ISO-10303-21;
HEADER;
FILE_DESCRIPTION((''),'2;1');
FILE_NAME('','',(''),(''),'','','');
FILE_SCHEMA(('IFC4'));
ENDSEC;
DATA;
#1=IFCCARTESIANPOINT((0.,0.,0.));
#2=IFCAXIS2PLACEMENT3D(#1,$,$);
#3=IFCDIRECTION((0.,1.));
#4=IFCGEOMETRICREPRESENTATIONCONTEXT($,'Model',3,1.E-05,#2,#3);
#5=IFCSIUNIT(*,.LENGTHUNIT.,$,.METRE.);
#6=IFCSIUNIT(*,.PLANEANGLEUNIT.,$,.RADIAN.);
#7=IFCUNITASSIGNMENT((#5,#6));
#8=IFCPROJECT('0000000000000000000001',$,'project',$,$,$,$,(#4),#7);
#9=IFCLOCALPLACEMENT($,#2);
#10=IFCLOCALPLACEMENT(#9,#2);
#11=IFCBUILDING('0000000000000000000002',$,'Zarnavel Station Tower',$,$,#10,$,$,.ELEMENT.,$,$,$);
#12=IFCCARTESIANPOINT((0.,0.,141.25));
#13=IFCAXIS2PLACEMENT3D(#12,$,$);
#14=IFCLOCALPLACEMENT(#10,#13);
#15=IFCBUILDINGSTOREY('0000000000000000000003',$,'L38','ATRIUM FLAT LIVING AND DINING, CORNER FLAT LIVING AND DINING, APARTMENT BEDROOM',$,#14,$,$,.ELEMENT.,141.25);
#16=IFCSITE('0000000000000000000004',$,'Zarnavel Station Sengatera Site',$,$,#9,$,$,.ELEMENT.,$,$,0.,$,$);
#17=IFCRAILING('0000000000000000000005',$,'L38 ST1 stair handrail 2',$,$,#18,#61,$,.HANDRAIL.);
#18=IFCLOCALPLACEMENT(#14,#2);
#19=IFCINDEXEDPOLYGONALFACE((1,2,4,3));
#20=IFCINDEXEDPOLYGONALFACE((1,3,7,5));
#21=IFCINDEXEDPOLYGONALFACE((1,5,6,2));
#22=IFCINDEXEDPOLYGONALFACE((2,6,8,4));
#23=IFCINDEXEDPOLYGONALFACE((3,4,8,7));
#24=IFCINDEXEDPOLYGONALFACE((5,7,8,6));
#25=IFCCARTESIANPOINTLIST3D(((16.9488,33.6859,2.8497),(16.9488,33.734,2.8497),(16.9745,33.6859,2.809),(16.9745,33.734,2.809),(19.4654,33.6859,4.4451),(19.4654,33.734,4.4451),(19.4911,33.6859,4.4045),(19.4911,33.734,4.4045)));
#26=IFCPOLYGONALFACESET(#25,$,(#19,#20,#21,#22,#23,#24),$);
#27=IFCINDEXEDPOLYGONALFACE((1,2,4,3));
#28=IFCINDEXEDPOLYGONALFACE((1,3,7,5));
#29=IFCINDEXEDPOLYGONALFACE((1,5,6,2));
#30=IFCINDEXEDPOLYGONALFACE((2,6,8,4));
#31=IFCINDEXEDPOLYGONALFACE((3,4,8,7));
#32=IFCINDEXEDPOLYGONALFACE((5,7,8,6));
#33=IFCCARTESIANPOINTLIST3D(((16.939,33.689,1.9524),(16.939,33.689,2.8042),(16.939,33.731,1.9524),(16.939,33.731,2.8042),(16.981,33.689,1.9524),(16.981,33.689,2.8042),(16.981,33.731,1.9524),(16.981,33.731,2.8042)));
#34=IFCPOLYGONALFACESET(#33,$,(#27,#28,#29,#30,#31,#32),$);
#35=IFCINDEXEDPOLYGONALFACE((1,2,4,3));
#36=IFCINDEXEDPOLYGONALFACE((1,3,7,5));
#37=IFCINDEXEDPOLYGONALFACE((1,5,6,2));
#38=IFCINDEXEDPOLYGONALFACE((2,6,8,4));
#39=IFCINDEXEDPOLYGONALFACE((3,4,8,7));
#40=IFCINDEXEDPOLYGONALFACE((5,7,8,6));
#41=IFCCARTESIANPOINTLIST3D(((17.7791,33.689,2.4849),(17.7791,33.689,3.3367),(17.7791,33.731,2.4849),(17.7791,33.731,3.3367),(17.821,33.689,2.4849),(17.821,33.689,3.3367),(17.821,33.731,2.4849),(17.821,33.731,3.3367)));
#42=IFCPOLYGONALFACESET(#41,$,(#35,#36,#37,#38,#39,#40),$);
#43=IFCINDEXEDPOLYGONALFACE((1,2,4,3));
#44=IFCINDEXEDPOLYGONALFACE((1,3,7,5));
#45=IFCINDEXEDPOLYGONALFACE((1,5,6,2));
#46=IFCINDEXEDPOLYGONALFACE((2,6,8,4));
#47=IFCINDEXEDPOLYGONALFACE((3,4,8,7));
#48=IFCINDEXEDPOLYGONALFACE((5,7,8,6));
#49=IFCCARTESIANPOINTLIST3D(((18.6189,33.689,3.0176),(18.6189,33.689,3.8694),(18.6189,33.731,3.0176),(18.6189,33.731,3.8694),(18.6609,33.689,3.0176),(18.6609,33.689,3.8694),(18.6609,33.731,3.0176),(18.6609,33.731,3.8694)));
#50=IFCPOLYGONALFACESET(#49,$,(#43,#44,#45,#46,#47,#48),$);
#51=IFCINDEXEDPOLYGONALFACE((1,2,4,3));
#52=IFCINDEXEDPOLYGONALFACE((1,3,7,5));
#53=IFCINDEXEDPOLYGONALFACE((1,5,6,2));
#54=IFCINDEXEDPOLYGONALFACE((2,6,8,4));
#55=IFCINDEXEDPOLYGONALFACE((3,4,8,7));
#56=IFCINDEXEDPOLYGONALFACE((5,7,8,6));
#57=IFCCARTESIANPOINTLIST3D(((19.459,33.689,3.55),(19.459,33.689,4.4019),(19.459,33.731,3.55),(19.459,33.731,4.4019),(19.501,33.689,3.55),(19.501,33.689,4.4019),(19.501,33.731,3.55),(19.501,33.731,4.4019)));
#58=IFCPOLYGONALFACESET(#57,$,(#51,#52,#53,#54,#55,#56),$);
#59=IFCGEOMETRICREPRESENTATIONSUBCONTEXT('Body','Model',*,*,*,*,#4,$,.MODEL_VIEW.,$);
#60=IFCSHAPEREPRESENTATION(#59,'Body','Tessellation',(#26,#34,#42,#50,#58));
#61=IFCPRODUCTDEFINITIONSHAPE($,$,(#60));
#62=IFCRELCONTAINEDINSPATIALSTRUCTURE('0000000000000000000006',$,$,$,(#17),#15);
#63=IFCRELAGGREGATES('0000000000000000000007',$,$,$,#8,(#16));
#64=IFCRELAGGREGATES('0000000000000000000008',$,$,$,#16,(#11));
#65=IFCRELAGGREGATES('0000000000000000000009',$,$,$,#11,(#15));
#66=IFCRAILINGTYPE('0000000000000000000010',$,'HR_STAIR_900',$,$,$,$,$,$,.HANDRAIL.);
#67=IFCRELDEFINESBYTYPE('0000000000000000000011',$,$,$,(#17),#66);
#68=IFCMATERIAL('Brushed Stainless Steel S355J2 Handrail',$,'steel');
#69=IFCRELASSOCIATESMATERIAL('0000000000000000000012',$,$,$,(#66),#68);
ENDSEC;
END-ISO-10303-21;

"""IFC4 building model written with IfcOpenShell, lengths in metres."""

from ifc_helpers import new_model, si_unit, direction, frame, origin, origin_2d, place, context, subcontext, project, spatial, rectangle, extrude, material, type_object, element, save


model = new_model("IFC4")

# Units and contexts
model_context = context("Model", 3, precision=1e-05, world=origin(), true_north=direction((0.0, 1.0)))
body_context = subcontext(model_context, "Body", "Model", "MODEL_VIEW")
ifc_project = project(units=[si_unit("LENGTHUNIT", "METRE"), si_unit("PLANEANGLEUNIT", "RADIAN")], contexts=[model_context])

# Site, building, storey
site_placement = place(None, origin())
site = spatial("IfcSite", under=ifc_project, at=site_placement, Name="Zarnavel Station Sengatera Site", CompositionType="ELEMENT", RefElevation=0.0)
building_placement = place(site_placement, origin())
building = spatial("IfcBuilding", under=site, at=building_placement, Name="Zarnavel Station Tower", CompositionType="ELEMENT")
storey_placement = place(building_placement, frame((0.0, 0.0, 141.25)))
storey = spatial("IfcBuildingStorey", under=building, at=storey_placement, Name="L38", Description="ATRIUM FLAT LIVING AND DINING, CORNER FLAT LIVING AND DINING, APARTMENT BEDROOM", CompositionType="ELEMENT", Elevation=141.25)

# Railing
ifc_material_1 = material(Name="Brushed Stainless Steel S355J2 Handrail", Category="steel")
railing_type_1 = type_object("IfcRailingType", Name="HR_STAIR_900", PredefinedType="HANDRAIL", material=ifc_material_1)
railing_1_placement = place(storey_placement, frame((16.96, 33.71, 1.9524)))
element("IfcRailing", 1, at=railing_1_placement, inside=storey, type_object=railing_type_1, Name="L38 ST1 stair handrail 2", PredefinedType="HANDRAIL", context=body_context, shape_type="SweptSolid", body=[
    extrude(rectangle(XDim=0.0481, YDim=0.0481, at=origin_2d()), frame((0.0017, 0.0, 0.877), z_axis=(0.84457, 0.0, 0.535445), x_axis=(0.0, 1.0, 0.0)), (0.0, 0.0, 1.0), 2.9797),
    extrude(rectangle(XDim=0.042, YDim=0.042, at=origin_2d()), origin(), (0.0, 0.0, 1.0), 0.8518),
    extrude(rectangle(XDim=0.042, YDim=0.042, at=origin_2d()), frame((0.8401, 0.0, 0.5325)), (0.0, 0.0, 1.0), 0.8518),
    extrude(rectangle(XDim=0.042, YDim=0.042, at=origin_2d()), frame((1.6799, 0.0, 1.0652)), (0.0, 0.0, 1.0), 0.8518),
    extrude(rectangle(XDim=0.042, YDim=0.042, at=origin_2d()), frame((2.52, 0.0, 1.5977)), (0.0, 0.0, 1.0), 0.8518),
])

save(model, "model.ifc")
